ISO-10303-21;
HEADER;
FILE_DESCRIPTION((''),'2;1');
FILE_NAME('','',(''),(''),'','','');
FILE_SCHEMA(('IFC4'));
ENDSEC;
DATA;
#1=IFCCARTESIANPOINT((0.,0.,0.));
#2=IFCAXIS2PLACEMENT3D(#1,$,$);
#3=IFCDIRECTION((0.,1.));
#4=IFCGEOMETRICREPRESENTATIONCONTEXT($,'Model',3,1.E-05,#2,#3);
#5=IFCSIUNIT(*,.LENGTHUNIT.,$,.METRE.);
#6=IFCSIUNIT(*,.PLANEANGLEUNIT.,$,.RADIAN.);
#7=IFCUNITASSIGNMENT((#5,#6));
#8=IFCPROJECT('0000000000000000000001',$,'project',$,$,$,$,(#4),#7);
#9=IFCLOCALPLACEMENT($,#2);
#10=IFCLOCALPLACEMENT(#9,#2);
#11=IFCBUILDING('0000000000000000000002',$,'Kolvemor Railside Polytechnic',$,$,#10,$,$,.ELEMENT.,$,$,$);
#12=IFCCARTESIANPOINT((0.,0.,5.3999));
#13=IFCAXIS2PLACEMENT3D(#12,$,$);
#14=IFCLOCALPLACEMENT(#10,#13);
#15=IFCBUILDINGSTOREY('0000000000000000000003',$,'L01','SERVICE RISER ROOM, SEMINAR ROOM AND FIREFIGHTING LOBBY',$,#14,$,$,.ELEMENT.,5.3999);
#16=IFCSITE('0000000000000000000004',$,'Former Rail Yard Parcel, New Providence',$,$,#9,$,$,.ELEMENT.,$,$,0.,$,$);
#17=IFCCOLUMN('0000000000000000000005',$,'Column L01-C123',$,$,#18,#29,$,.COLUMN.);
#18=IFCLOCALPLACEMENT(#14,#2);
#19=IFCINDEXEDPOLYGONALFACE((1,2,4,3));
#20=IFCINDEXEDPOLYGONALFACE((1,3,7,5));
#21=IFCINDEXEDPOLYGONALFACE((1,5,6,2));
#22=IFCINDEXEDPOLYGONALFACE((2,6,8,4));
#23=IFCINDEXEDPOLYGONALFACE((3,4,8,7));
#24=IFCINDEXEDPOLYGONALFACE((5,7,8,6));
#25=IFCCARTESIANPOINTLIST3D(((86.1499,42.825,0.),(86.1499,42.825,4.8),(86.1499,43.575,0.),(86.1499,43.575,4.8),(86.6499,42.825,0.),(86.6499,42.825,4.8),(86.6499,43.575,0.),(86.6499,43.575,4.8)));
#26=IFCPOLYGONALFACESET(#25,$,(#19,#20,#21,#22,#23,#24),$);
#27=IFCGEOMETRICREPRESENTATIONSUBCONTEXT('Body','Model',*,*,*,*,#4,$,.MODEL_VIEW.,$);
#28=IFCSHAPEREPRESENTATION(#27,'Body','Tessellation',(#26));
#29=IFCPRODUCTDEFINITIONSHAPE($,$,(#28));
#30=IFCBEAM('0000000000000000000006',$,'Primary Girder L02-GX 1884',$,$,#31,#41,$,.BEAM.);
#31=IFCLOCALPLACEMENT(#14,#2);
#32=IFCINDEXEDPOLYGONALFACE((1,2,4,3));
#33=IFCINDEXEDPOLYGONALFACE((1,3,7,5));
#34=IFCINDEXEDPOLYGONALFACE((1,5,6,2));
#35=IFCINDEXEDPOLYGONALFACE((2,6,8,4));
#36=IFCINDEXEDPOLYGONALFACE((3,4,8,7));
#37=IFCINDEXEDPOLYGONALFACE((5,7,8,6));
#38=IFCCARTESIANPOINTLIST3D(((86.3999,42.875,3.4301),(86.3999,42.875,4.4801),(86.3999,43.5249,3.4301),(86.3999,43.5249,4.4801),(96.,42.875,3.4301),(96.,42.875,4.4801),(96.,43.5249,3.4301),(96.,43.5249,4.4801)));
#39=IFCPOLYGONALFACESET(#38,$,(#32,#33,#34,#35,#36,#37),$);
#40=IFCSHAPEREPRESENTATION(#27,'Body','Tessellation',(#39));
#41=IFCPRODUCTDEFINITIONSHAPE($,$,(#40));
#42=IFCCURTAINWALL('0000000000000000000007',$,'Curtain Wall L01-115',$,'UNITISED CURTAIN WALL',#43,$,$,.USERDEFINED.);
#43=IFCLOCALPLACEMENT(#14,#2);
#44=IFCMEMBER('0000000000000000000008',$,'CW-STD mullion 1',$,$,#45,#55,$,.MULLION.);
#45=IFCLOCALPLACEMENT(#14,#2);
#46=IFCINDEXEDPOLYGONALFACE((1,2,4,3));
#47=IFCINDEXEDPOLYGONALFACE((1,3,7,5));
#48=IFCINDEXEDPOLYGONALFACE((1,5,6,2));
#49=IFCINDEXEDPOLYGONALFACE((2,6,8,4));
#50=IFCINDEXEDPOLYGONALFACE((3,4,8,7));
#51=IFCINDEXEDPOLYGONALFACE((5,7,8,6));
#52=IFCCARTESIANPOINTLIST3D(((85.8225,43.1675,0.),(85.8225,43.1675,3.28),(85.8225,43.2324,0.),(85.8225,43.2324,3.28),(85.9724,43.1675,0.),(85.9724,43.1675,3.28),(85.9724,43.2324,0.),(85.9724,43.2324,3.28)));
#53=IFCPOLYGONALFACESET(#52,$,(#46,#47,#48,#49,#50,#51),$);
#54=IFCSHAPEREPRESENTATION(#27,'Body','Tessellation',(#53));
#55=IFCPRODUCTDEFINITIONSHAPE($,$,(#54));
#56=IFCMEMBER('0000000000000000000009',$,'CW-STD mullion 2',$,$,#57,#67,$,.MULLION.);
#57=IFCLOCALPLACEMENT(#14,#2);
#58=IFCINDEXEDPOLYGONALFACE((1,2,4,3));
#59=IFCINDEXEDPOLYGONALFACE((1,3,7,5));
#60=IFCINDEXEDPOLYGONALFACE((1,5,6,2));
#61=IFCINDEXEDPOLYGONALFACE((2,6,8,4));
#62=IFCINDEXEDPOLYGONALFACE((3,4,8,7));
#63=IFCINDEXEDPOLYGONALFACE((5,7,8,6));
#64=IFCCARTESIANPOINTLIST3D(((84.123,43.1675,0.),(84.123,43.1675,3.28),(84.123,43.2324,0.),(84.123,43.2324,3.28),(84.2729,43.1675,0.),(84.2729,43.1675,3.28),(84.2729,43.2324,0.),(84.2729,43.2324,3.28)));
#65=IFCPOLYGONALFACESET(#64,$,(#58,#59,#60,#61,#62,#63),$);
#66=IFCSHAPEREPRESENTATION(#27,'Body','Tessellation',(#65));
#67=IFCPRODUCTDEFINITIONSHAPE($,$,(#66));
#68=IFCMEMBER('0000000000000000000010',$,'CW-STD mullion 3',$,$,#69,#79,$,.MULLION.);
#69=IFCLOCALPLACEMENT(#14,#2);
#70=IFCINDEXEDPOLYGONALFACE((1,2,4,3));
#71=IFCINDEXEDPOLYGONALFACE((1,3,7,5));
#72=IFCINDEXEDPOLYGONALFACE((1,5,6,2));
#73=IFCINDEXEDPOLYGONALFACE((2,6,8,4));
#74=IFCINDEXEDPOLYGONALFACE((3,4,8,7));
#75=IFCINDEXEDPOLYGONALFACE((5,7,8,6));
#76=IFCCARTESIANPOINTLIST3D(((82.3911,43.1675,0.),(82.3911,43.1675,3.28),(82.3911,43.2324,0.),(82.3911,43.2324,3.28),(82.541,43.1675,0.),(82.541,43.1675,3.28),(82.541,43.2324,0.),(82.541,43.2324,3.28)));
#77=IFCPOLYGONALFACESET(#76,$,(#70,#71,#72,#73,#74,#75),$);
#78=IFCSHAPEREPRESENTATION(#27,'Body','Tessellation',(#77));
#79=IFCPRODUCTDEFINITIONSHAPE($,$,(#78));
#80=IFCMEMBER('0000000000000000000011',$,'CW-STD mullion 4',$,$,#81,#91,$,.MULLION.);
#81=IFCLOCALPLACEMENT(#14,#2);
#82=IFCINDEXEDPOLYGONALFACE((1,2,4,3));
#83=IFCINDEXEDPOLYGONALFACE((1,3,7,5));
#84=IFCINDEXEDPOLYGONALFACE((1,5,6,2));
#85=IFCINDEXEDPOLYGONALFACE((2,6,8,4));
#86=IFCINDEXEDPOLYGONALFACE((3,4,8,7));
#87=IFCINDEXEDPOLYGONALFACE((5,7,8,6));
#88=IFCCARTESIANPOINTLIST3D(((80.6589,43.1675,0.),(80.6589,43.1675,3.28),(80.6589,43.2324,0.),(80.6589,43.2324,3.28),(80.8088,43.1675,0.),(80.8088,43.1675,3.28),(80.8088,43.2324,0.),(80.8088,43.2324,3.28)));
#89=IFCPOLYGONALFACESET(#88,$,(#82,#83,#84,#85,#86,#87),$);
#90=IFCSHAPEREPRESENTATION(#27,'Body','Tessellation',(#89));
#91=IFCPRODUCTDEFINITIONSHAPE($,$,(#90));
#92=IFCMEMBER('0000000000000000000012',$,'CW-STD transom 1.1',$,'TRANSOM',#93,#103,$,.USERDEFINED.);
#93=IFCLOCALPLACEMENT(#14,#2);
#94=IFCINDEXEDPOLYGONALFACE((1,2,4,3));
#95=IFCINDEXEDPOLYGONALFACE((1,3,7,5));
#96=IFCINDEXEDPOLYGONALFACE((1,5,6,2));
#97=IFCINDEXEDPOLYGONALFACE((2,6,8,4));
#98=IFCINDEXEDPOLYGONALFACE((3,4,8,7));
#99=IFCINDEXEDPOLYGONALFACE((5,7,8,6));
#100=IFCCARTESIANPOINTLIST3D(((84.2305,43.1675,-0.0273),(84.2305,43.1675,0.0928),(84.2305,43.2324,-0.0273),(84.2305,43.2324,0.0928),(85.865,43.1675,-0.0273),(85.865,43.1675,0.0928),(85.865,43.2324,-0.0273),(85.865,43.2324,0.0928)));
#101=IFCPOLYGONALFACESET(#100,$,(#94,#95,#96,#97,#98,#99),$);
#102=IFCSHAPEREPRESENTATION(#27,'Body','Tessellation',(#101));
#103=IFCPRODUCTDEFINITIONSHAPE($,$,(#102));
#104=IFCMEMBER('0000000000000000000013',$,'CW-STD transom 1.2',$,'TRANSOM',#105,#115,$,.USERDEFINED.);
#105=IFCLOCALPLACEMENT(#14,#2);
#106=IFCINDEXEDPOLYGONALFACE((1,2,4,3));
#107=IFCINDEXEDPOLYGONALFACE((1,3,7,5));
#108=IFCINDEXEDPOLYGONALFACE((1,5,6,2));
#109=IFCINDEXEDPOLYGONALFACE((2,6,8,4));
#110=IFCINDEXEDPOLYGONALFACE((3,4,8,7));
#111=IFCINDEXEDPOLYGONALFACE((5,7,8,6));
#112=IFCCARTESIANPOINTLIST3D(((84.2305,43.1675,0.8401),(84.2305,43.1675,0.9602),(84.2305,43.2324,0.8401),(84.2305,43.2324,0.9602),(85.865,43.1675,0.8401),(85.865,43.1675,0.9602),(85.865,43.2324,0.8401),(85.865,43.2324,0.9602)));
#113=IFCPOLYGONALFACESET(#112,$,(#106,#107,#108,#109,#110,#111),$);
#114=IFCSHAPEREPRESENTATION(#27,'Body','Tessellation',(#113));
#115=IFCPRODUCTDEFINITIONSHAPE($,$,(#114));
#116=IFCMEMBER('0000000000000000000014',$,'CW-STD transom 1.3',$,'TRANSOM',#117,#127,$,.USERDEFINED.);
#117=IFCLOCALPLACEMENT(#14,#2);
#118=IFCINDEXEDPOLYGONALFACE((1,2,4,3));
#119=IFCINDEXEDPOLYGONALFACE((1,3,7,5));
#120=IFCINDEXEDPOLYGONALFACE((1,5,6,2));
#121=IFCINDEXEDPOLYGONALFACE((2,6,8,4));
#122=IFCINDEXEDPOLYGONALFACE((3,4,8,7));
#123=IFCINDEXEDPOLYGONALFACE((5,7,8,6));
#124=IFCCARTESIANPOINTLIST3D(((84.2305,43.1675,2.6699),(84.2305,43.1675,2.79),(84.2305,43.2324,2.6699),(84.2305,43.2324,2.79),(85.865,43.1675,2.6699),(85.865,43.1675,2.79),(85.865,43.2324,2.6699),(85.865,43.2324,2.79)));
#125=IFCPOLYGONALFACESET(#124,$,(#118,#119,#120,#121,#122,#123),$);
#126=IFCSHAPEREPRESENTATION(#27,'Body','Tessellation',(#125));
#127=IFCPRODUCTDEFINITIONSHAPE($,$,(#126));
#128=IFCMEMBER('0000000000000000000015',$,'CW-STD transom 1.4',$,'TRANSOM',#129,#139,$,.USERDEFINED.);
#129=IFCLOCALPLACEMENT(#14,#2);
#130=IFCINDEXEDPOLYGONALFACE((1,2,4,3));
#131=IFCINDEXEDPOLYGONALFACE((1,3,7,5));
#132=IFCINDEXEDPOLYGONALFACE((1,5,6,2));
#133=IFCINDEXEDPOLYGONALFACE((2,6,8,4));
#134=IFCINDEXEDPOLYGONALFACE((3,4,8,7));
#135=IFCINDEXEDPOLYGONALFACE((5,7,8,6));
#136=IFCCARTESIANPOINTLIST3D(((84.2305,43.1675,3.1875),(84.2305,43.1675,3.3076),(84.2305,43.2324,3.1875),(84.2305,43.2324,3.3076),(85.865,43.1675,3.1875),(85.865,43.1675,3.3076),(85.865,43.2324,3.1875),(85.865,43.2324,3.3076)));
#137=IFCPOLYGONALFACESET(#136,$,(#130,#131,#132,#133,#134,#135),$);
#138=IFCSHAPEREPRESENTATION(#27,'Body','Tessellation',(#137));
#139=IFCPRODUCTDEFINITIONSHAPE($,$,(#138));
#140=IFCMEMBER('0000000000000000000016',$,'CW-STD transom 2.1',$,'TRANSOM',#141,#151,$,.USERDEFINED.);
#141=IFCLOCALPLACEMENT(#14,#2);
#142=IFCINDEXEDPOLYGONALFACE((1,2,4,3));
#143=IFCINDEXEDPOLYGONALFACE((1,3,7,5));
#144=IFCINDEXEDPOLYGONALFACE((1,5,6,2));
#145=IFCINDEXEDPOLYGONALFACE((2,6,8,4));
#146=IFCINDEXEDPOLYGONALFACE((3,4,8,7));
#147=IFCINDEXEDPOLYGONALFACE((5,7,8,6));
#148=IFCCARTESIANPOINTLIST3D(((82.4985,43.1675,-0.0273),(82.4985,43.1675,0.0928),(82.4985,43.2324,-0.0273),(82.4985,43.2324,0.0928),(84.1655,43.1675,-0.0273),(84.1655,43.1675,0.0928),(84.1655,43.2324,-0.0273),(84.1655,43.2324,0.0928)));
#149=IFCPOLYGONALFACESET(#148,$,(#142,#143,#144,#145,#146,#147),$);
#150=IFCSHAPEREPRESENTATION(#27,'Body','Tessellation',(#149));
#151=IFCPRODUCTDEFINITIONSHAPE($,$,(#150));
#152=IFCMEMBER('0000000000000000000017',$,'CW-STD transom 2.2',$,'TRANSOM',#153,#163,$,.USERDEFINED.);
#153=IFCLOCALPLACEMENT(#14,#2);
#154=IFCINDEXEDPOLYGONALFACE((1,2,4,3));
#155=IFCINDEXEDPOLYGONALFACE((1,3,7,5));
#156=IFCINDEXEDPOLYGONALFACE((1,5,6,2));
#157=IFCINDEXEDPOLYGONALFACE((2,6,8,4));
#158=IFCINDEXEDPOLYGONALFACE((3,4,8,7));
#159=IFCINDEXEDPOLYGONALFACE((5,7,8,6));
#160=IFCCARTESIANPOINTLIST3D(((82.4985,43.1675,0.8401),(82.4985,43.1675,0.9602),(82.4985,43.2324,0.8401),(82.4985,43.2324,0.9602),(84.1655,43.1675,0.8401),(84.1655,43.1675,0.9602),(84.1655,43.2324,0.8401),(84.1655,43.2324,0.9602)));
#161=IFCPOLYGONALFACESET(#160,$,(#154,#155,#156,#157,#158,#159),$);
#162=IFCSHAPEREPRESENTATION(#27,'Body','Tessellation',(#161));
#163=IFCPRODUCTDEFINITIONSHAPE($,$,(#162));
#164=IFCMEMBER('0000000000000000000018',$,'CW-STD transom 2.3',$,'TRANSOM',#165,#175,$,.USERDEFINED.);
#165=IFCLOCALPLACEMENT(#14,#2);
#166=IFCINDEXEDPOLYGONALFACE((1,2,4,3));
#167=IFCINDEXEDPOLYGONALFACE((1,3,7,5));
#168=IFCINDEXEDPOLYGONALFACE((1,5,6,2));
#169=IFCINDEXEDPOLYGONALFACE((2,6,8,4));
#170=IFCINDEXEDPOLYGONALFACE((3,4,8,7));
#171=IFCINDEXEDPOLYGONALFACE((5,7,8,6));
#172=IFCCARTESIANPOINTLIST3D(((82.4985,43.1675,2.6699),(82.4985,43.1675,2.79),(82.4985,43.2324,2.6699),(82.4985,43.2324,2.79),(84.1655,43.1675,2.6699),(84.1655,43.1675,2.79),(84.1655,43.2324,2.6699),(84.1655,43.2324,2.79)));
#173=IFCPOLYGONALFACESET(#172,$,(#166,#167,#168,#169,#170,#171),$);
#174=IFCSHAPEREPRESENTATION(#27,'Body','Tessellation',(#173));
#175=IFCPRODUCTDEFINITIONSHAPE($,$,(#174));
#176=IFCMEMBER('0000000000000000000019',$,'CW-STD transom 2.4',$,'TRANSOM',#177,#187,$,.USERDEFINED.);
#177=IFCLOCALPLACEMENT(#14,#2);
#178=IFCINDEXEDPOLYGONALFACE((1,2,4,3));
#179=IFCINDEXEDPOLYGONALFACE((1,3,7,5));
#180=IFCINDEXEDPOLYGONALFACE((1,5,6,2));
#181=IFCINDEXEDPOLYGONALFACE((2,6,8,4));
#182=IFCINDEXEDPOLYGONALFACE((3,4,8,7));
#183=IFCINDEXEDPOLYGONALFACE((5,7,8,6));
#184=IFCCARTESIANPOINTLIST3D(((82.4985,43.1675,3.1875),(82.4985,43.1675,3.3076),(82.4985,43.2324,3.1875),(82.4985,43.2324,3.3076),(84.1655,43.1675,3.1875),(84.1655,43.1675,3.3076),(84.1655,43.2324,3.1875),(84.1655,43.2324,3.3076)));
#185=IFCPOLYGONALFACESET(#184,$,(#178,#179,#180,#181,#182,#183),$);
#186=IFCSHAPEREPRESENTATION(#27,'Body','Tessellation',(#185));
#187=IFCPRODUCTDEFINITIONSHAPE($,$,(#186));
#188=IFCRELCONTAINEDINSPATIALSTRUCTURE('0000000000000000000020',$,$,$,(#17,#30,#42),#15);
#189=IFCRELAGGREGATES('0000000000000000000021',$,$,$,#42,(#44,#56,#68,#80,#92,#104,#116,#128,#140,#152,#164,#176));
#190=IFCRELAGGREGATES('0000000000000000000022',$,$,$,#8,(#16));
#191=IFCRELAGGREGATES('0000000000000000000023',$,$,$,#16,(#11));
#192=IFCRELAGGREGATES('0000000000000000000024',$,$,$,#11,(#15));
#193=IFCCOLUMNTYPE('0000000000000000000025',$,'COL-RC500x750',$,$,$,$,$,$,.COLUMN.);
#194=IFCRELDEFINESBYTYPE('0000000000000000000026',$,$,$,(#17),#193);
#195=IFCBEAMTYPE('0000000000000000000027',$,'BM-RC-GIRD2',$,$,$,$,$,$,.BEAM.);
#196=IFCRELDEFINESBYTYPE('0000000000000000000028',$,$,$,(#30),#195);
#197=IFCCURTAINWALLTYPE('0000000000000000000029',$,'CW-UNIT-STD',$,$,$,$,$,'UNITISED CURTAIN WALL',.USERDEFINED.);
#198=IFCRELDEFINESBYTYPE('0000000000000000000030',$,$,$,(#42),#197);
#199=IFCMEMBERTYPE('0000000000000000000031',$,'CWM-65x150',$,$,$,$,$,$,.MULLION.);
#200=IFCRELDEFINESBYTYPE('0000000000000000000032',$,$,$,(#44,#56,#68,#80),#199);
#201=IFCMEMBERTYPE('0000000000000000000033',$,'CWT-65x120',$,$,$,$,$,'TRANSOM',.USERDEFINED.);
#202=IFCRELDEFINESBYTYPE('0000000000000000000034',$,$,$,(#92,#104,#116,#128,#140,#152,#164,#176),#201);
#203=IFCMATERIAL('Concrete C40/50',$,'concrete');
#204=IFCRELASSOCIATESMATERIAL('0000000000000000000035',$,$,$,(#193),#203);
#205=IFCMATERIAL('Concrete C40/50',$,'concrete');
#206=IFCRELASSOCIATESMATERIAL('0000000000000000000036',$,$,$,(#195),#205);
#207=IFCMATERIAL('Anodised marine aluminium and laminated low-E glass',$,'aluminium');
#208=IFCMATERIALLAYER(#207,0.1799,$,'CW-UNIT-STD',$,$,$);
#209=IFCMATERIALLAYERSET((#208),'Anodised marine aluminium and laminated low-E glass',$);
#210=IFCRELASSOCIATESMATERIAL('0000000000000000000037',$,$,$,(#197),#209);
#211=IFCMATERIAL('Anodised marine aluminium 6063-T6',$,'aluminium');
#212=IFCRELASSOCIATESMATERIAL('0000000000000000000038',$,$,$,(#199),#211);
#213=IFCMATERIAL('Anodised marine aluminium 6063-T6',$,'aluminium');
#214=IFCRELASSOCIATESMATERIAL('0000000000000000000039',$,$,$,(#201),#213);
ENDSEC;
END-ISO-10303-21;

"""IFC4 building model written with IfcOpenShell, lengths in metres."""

from ifc_helpers import new_model, si_unit, direction, frame, origin, origin_2d, place, context, subcontext, project, spatial, rectangle, extrude, material, layer, layer_set, material_profile, profile_set, type_object, element, aggregate, save


model = new_model("IFC4")

# Units and contexts
model_context = context("Model", 3, precision=1e-05, world=origin(), true_north=direction((0.0, 1.0)))
body_context = subcontext(model_context, "Body", "Model", "MODEL_VIEW")
ifc_project = project(units=[si_unit("LENGTHUNIT", "METRE"), si_unit("PLANEANGLEUNIT", "RADIAN")], contexts=[model_context])

# Site, building, storey
site_placement = place(None, origin())
site = spatial("IfcSite", under=ifc_project, at=site_placement, Name="Former Rail Yard Parcel, New Providence", CompositionType="ELEMENT", RefElevation=0.0)
building_placement = place(site_placement, origin())
building = spatial("IfcBuilding", under=site, at=building_placement, Name="Kolvemor Railside Polytechnic", CompositionType="ELEMENT")
storey_placement = place(building_placement, frame((0.0, 0.0, 5.3999)))
storey = spatial("IfcBuildingStorey", under=building, at=storey_placement, Name="L01", Description="SERVICE RISER ROOM, SEMINAR ROOM AND FIREFIGHTING LOBBY", CompositionType="ELEMENT", Elevation=5.3999)

# Column
ifc_material_1 = material(Name="Concrete C40/50", Category="concrete")
ifc_material_profile_1 = material_profile(ifc_material_1, rectangle(XDim=0.5, YDim=0.75, at=origin_2d()), Name="RC500x750")
ifc_profile_set_1 = profile_set([ifc_material_profile_1], Name="Concrete C40/50")
column_type = type_object("IfcColumnType", Name="COL-RC500x750", PredefinedType="COLUMN", material=ifc_profile_set_1)
column_placement = place(storey_placement, frame((86.3999, 43.2, 0.0), z_axis=(0.0, 0.0, 1.0), x_axis=(1.0, 0.0, 0.0)))
element("IfcColumn", 1, at=column_placement, inside=storey, type_object=column_type, Name="Column L01-C123", PredefinedType="COLUMN", context=body_context, shape_type="SweptSolid", body=[
    extrude(rectangle(XDim=0.5, YDim=0.75, at=origin_2d()), origin(), (0.0, 0.0, 1.0), 4.8),
])

# Beam
ifc_material_2 = material(Name="Concrete C40/50", Category="concrete")
ifc_material_profile_2 = material_profile(ifc_material_2, rectangle(XDim=0.6499, YDim=1.05, at=origin_2d()), Name="RC650x1050")
ifc_profile_set_2 = profile_set([ifc_material_profile_2], Name="Concrete C40/50")
beam_type = type_object("IfcBeamType", Name="BM-RC-GIRD2", PredefinedType="BEAM", material=ifc_profile_set_2)
beam_placement = place(storey_placement, frame((86.3999, 43.2, 3.9551), z_axis=(1.0, 0.0, 0.0), x_axis=(0.0, 1.0, 0.0)))
element("IfcBeam", 2, at=beam_placement, inside=storey, type_object=beam_type, Name="Primary Girder L02-GX 1884", PredefinedType="BEAM", context=body_context, shape_type="SweptSolid", body=[
    extrude(rectangle(XDim=0.6499, YDim=1.05, at=origin_2d()), origin(), (0.0, 0.0, 1.0), 9.6001),
])

# Curtain wall, members
ifc_material_3 = material(Name="Anodised marine aluminium and laminated low-E glass", Category="aluminium")
ifc_layer_1 = layer(ifc_material_3, 0.1799, Name="CW-UNIT-STD")
ifc_layer_set_1 = layer_set([ifc_layer_1], Name="Anodised marine aluminium and laminated low-E glass")
curtain_wall_type = type_object("IfcCurtainWallType", Name="CW-UNIT-STD", ElementType="UNITISED CURTAIN WALL", PredefinedType="USERDEFINED", material=ifc_layer_set_1)
curtain_wall_placement = place(storey_placement, origin())
curtain_wall = element("IfcCurtainWall", 3, at=curtain_wall_placement, inside=storey, type_object=curtain_wall_type, Name="Curtain Wall L01-115", ObjectType="UNITISED CURTAIN WALL", PredefinedType="USERDEFINED")
ifc_material_4 = material(Name="Anodised marine aluminium 6063-T6", Category="aluminium")
ifc_material_profile_3 = material_profile(ifc_material_4, rectangle(XDim=0.0649, YDim=0.1499, at=origin_2d()), Name="CW-MUL-65x150")
ifc_profile_set_3 = profile_set([ifc_material_profile_3], Name="Anodised marine aluminium 6063-T6")
member_type_1 = type_object("IfcMemberType", Name="CWM-65x150", PredefinedType="MULLION", material=ifc_profile_set_3)
member_1_placement = place(storey_placement, frame((85.8975, 43.2, 0.0), z_axis=(0.0, 0.0, 1.0), x_axis=(0.0, -1.0, 0.0)))
member_1 = element("IfcMember", 4, at=member_1_placement, type_object=member_type_1, Name="CW-STD mullion 1", PredefinedType="MULLION", context=body_context, shape_type="SweptSolid", body=[
    extrude(rectangle(XDim=0.0649, YDim=0.1499, at=origin_2d()), origin(), (0.0, 0.0, 1.0), 3.28),
])
member_2_placement = place(storey_placement, frame((84.198, 43.2, 0.0), z_axis=(0.0, 0.0, 1.0), x_axis=(0.0, -1.0, 0.0)))
member_2 = element("IfcMember", 5, at=member_2_placement, type_object=member_type_1, Name="CW-STD mullion 2", PredefinedType="MULLION", context=body_context, shape_type="SweptSolid", body=[
    extrude(rectangle(XDim=0.0649, YDim=0.1499, at=origin_2d()), origin(), (0.0, 0.0, 1.0), 3.28),
])
member_3_placement = place(storey_placement, frame((82.4661, 43.2, 0.0), z_axis=(0.0, 0.0, 1.0), x_axis=(0.0, -1.0, 0.0)))
member_3 = element("IfcMember", 6, at=member_3_placement, type_object=member_type_1, Name="CW-STD mullion 3", PredefinedType="MULLION", context=body_context, shape_type="SweptSolid", body=[
    extrude(rectangle(XDim=0.0649, YDim=0.1499, at=origin_2d()), origin(), (0.0, 0.0, 1.0), 3.28),
])
member_4_placement = place(storey_placement, frame((80.7339, 43.2, 0.0), z_axis=(0.0, 0.0, 1.0), x_axis=(0.0, -1.0, 0.0)))
member_4 = element("IfcMember", 7, at=member_4_placement, type_object=member_type_1, Name="CW-STD mullion 4", PredefinedType="MULLION", context=body_context, shape_type="SweptSolid", body=[
    extrude(rectangle(XDim=0.0649, YDim=0.1499, at=origin_2d()), origin(), (0.0, 0.0, 1.0), 3.28),
])
ifc_material_5 = material(Name="Anodised marine aluminium 6063-T6", Category="aluminium")
ifc_material_profile_4 = material_profile(ifc_material_5, rectangle(XDim=0.0649, YDim=0.1201, at=origin_2d()), Name="CW-TRN-65x120")
ifc_profile_set_4 = profile_set([ifc_material_profile_4], Name="Anodised marine aluminium 6063-T6")
member_type_2 = type_object("IfcMemberType", Name="CWT-65x120", ElementType="TRANSOM", PredefinedType="USERDEFINED", material=ifc_profile_set_4)
member_5_placement = place(storey_placement, frame((85.865, 43.2, 0.0327), z_axis=(-1.0, 0.0, 0.0), x_axis=(0.0, -1.0, 0.0)))
member_5 = element("IfcMember", 8, at=member_5_placement, type_object=member_type_2, Name="CW-STD transom 1.1", ObjectType="TRANSOM", PredefinedType="USERDEFINED", context=body_context, shape_type="SweptSolid", body=[
    extrude(rectangle(XDim=0.0649, YDim=0.1201, at=origin_2d()), origin(), (0.0, 0.0, 1.0), 1.6345),
])
member_6_placement = place(storey_placement, frame((85.865, 43.2, 0.9001), z_axis=(-1.0, 0.0, 0.0), x_axis=(0.0, -1.0, 0.0)))
member_6 = element("IfcMember", 9, at=member_6_placement, type_object=member_type_2, Name="CW-STD transom 1.2", ObjectType="TRANSOM", PredefinedType="USERDEFINED", context=body_context, shape_type="SweptSolid", body=[
    extrude(rectangle(XDim=0.0649, YDim=0.1201, at=origin_2d()), origin(), (0.0, 0.0, 1.0), 1.6345),
])
member_7_placement = place(storey_placement, frame((85.865, 43.2, 2.73), z_axis=(-1.0, 0.0, 0.0), x_axis=(0.0, -1.0, 0.0)))
member_7 = element("IfcMember", 10, at=member_7_placement, type_object=member_type_2, Name="CW-STD transom 1.3", ObjectType="TRANSOM", PredefinedType="USERDEFINED", context=body_context, shape_type="SweptSolid", body=[
    extrude(rectangle(XDim=0.0649, YDim=0.1201, at=origin_2d()), origin(), (0.0, 0.0, 1.0), 1.6345),
])
member_8_placement = place(storey_placement, frame((85.865, 43.2, 3.2476), z_axis=(-1.0, 0.0, 0.0), x_axis=(0.0, -1.0, 0.0)))
member_8 = element("IfcMember", 11, at=member_8_placement, type_object=member_type_2, Name="CW-STD transom 1.4", ObjectType="TRANSOM", PredefinedType="USERDEFINED", context=body_context, shape_type="SweptSolid", body=[
    extrude(rectangle(XDim=0.0649, YDim=0.1201, at=origin_2d()), origin(), (0.0, 0.0, 1.0), 1.6345),
])
member_9_placement = place(storey_placement, frame((84.1655, 43.2, 0.0327), z_axis=(-1.0, 0.0, 0.0), x_axis=(0.0, -1.0, 0.0)))
member_9 = element("IfcMember", 12, at=member_9_placement, type_object=member_type_2, Name="CW-STD transom 2.1", ObjectType="TRANSOM", PredefinedType="USERDEFINED", context=body_context, shape_type="SweptSolid", body=[
    extrude(rectangle(XDim=0.0649, YDim=0.1201, at=origin_2d()), origin(), (0.0, 0.0, 1.0), 1.667),
])
member_10_placement = place(storey_placement, frame((84.1655, 43.2, 0.9001), z_axis=(-1.0, 0.0, 0.0), x_axis=(0.0, -1.0, 0.0)))
member_10 = element("IfcMember", 13, at=member_10_placement, type_object=member_type_2, Name="CW-STD transom 2.2", ObjectType="TRANSOM", PredefinedType="USERDEFINED", context=body_context, shape_type="SweptSolid", body=[
    extrude(rectangle(XDim=0.0649, YDim=0.1201, at=origin_2d()), origin(), (0.0, 0.0, 1.0), 1.667),
])
member_11_placement = place(storey_placement, frame((84.1655, 43.2, 2.73), z_axis=(-1.0, 0.0, 0.0), x_axis=(0.0, -1.0, 0.0)))
member_11 = element("IfcMember", 14, at=member_11_placement, type_object=member_type_2, Name="CW-STD transom 2.3", ObjectType="TRANSOM", PredefinedType="USERDEFINED", context=body_context, shape_type="SweptSolid", body=[
    extrude(rectangle(XDim=0.0649, YDim=0.1201, at=origin_2d()), origin(), (0.0, 0.0, 1.0), 1.667),
])
member_12_placement = place(storey_placement, frame((84.1655, 43.2, 3.2476), z_axis=(-1.0, 0.0, 0.0), x_axis=(0.0, -1.0, 0.0)))
member_12 = element("IfcMember", 15, at=member_12_placement, type_object=member_type_2, Name="CW-STD transom 2.4", ObjectType="TRANSOM", PredefinedType="USERDEFINED", context=body_context, shape_type="SweptSolid", body=[
    extrude(rectangle(XDim=0.0649, YDim=0.1201, at=origin_2d()), origin(), (0.0, 0.0, 1.0), 1.667),
])
aggregate(curtain_wall, [member_1, member_2, member_3, member_4, member_5, member_6, member_7, member_8, member_9, member_10, member_11, member_12])

save(model, "model.ifc")
